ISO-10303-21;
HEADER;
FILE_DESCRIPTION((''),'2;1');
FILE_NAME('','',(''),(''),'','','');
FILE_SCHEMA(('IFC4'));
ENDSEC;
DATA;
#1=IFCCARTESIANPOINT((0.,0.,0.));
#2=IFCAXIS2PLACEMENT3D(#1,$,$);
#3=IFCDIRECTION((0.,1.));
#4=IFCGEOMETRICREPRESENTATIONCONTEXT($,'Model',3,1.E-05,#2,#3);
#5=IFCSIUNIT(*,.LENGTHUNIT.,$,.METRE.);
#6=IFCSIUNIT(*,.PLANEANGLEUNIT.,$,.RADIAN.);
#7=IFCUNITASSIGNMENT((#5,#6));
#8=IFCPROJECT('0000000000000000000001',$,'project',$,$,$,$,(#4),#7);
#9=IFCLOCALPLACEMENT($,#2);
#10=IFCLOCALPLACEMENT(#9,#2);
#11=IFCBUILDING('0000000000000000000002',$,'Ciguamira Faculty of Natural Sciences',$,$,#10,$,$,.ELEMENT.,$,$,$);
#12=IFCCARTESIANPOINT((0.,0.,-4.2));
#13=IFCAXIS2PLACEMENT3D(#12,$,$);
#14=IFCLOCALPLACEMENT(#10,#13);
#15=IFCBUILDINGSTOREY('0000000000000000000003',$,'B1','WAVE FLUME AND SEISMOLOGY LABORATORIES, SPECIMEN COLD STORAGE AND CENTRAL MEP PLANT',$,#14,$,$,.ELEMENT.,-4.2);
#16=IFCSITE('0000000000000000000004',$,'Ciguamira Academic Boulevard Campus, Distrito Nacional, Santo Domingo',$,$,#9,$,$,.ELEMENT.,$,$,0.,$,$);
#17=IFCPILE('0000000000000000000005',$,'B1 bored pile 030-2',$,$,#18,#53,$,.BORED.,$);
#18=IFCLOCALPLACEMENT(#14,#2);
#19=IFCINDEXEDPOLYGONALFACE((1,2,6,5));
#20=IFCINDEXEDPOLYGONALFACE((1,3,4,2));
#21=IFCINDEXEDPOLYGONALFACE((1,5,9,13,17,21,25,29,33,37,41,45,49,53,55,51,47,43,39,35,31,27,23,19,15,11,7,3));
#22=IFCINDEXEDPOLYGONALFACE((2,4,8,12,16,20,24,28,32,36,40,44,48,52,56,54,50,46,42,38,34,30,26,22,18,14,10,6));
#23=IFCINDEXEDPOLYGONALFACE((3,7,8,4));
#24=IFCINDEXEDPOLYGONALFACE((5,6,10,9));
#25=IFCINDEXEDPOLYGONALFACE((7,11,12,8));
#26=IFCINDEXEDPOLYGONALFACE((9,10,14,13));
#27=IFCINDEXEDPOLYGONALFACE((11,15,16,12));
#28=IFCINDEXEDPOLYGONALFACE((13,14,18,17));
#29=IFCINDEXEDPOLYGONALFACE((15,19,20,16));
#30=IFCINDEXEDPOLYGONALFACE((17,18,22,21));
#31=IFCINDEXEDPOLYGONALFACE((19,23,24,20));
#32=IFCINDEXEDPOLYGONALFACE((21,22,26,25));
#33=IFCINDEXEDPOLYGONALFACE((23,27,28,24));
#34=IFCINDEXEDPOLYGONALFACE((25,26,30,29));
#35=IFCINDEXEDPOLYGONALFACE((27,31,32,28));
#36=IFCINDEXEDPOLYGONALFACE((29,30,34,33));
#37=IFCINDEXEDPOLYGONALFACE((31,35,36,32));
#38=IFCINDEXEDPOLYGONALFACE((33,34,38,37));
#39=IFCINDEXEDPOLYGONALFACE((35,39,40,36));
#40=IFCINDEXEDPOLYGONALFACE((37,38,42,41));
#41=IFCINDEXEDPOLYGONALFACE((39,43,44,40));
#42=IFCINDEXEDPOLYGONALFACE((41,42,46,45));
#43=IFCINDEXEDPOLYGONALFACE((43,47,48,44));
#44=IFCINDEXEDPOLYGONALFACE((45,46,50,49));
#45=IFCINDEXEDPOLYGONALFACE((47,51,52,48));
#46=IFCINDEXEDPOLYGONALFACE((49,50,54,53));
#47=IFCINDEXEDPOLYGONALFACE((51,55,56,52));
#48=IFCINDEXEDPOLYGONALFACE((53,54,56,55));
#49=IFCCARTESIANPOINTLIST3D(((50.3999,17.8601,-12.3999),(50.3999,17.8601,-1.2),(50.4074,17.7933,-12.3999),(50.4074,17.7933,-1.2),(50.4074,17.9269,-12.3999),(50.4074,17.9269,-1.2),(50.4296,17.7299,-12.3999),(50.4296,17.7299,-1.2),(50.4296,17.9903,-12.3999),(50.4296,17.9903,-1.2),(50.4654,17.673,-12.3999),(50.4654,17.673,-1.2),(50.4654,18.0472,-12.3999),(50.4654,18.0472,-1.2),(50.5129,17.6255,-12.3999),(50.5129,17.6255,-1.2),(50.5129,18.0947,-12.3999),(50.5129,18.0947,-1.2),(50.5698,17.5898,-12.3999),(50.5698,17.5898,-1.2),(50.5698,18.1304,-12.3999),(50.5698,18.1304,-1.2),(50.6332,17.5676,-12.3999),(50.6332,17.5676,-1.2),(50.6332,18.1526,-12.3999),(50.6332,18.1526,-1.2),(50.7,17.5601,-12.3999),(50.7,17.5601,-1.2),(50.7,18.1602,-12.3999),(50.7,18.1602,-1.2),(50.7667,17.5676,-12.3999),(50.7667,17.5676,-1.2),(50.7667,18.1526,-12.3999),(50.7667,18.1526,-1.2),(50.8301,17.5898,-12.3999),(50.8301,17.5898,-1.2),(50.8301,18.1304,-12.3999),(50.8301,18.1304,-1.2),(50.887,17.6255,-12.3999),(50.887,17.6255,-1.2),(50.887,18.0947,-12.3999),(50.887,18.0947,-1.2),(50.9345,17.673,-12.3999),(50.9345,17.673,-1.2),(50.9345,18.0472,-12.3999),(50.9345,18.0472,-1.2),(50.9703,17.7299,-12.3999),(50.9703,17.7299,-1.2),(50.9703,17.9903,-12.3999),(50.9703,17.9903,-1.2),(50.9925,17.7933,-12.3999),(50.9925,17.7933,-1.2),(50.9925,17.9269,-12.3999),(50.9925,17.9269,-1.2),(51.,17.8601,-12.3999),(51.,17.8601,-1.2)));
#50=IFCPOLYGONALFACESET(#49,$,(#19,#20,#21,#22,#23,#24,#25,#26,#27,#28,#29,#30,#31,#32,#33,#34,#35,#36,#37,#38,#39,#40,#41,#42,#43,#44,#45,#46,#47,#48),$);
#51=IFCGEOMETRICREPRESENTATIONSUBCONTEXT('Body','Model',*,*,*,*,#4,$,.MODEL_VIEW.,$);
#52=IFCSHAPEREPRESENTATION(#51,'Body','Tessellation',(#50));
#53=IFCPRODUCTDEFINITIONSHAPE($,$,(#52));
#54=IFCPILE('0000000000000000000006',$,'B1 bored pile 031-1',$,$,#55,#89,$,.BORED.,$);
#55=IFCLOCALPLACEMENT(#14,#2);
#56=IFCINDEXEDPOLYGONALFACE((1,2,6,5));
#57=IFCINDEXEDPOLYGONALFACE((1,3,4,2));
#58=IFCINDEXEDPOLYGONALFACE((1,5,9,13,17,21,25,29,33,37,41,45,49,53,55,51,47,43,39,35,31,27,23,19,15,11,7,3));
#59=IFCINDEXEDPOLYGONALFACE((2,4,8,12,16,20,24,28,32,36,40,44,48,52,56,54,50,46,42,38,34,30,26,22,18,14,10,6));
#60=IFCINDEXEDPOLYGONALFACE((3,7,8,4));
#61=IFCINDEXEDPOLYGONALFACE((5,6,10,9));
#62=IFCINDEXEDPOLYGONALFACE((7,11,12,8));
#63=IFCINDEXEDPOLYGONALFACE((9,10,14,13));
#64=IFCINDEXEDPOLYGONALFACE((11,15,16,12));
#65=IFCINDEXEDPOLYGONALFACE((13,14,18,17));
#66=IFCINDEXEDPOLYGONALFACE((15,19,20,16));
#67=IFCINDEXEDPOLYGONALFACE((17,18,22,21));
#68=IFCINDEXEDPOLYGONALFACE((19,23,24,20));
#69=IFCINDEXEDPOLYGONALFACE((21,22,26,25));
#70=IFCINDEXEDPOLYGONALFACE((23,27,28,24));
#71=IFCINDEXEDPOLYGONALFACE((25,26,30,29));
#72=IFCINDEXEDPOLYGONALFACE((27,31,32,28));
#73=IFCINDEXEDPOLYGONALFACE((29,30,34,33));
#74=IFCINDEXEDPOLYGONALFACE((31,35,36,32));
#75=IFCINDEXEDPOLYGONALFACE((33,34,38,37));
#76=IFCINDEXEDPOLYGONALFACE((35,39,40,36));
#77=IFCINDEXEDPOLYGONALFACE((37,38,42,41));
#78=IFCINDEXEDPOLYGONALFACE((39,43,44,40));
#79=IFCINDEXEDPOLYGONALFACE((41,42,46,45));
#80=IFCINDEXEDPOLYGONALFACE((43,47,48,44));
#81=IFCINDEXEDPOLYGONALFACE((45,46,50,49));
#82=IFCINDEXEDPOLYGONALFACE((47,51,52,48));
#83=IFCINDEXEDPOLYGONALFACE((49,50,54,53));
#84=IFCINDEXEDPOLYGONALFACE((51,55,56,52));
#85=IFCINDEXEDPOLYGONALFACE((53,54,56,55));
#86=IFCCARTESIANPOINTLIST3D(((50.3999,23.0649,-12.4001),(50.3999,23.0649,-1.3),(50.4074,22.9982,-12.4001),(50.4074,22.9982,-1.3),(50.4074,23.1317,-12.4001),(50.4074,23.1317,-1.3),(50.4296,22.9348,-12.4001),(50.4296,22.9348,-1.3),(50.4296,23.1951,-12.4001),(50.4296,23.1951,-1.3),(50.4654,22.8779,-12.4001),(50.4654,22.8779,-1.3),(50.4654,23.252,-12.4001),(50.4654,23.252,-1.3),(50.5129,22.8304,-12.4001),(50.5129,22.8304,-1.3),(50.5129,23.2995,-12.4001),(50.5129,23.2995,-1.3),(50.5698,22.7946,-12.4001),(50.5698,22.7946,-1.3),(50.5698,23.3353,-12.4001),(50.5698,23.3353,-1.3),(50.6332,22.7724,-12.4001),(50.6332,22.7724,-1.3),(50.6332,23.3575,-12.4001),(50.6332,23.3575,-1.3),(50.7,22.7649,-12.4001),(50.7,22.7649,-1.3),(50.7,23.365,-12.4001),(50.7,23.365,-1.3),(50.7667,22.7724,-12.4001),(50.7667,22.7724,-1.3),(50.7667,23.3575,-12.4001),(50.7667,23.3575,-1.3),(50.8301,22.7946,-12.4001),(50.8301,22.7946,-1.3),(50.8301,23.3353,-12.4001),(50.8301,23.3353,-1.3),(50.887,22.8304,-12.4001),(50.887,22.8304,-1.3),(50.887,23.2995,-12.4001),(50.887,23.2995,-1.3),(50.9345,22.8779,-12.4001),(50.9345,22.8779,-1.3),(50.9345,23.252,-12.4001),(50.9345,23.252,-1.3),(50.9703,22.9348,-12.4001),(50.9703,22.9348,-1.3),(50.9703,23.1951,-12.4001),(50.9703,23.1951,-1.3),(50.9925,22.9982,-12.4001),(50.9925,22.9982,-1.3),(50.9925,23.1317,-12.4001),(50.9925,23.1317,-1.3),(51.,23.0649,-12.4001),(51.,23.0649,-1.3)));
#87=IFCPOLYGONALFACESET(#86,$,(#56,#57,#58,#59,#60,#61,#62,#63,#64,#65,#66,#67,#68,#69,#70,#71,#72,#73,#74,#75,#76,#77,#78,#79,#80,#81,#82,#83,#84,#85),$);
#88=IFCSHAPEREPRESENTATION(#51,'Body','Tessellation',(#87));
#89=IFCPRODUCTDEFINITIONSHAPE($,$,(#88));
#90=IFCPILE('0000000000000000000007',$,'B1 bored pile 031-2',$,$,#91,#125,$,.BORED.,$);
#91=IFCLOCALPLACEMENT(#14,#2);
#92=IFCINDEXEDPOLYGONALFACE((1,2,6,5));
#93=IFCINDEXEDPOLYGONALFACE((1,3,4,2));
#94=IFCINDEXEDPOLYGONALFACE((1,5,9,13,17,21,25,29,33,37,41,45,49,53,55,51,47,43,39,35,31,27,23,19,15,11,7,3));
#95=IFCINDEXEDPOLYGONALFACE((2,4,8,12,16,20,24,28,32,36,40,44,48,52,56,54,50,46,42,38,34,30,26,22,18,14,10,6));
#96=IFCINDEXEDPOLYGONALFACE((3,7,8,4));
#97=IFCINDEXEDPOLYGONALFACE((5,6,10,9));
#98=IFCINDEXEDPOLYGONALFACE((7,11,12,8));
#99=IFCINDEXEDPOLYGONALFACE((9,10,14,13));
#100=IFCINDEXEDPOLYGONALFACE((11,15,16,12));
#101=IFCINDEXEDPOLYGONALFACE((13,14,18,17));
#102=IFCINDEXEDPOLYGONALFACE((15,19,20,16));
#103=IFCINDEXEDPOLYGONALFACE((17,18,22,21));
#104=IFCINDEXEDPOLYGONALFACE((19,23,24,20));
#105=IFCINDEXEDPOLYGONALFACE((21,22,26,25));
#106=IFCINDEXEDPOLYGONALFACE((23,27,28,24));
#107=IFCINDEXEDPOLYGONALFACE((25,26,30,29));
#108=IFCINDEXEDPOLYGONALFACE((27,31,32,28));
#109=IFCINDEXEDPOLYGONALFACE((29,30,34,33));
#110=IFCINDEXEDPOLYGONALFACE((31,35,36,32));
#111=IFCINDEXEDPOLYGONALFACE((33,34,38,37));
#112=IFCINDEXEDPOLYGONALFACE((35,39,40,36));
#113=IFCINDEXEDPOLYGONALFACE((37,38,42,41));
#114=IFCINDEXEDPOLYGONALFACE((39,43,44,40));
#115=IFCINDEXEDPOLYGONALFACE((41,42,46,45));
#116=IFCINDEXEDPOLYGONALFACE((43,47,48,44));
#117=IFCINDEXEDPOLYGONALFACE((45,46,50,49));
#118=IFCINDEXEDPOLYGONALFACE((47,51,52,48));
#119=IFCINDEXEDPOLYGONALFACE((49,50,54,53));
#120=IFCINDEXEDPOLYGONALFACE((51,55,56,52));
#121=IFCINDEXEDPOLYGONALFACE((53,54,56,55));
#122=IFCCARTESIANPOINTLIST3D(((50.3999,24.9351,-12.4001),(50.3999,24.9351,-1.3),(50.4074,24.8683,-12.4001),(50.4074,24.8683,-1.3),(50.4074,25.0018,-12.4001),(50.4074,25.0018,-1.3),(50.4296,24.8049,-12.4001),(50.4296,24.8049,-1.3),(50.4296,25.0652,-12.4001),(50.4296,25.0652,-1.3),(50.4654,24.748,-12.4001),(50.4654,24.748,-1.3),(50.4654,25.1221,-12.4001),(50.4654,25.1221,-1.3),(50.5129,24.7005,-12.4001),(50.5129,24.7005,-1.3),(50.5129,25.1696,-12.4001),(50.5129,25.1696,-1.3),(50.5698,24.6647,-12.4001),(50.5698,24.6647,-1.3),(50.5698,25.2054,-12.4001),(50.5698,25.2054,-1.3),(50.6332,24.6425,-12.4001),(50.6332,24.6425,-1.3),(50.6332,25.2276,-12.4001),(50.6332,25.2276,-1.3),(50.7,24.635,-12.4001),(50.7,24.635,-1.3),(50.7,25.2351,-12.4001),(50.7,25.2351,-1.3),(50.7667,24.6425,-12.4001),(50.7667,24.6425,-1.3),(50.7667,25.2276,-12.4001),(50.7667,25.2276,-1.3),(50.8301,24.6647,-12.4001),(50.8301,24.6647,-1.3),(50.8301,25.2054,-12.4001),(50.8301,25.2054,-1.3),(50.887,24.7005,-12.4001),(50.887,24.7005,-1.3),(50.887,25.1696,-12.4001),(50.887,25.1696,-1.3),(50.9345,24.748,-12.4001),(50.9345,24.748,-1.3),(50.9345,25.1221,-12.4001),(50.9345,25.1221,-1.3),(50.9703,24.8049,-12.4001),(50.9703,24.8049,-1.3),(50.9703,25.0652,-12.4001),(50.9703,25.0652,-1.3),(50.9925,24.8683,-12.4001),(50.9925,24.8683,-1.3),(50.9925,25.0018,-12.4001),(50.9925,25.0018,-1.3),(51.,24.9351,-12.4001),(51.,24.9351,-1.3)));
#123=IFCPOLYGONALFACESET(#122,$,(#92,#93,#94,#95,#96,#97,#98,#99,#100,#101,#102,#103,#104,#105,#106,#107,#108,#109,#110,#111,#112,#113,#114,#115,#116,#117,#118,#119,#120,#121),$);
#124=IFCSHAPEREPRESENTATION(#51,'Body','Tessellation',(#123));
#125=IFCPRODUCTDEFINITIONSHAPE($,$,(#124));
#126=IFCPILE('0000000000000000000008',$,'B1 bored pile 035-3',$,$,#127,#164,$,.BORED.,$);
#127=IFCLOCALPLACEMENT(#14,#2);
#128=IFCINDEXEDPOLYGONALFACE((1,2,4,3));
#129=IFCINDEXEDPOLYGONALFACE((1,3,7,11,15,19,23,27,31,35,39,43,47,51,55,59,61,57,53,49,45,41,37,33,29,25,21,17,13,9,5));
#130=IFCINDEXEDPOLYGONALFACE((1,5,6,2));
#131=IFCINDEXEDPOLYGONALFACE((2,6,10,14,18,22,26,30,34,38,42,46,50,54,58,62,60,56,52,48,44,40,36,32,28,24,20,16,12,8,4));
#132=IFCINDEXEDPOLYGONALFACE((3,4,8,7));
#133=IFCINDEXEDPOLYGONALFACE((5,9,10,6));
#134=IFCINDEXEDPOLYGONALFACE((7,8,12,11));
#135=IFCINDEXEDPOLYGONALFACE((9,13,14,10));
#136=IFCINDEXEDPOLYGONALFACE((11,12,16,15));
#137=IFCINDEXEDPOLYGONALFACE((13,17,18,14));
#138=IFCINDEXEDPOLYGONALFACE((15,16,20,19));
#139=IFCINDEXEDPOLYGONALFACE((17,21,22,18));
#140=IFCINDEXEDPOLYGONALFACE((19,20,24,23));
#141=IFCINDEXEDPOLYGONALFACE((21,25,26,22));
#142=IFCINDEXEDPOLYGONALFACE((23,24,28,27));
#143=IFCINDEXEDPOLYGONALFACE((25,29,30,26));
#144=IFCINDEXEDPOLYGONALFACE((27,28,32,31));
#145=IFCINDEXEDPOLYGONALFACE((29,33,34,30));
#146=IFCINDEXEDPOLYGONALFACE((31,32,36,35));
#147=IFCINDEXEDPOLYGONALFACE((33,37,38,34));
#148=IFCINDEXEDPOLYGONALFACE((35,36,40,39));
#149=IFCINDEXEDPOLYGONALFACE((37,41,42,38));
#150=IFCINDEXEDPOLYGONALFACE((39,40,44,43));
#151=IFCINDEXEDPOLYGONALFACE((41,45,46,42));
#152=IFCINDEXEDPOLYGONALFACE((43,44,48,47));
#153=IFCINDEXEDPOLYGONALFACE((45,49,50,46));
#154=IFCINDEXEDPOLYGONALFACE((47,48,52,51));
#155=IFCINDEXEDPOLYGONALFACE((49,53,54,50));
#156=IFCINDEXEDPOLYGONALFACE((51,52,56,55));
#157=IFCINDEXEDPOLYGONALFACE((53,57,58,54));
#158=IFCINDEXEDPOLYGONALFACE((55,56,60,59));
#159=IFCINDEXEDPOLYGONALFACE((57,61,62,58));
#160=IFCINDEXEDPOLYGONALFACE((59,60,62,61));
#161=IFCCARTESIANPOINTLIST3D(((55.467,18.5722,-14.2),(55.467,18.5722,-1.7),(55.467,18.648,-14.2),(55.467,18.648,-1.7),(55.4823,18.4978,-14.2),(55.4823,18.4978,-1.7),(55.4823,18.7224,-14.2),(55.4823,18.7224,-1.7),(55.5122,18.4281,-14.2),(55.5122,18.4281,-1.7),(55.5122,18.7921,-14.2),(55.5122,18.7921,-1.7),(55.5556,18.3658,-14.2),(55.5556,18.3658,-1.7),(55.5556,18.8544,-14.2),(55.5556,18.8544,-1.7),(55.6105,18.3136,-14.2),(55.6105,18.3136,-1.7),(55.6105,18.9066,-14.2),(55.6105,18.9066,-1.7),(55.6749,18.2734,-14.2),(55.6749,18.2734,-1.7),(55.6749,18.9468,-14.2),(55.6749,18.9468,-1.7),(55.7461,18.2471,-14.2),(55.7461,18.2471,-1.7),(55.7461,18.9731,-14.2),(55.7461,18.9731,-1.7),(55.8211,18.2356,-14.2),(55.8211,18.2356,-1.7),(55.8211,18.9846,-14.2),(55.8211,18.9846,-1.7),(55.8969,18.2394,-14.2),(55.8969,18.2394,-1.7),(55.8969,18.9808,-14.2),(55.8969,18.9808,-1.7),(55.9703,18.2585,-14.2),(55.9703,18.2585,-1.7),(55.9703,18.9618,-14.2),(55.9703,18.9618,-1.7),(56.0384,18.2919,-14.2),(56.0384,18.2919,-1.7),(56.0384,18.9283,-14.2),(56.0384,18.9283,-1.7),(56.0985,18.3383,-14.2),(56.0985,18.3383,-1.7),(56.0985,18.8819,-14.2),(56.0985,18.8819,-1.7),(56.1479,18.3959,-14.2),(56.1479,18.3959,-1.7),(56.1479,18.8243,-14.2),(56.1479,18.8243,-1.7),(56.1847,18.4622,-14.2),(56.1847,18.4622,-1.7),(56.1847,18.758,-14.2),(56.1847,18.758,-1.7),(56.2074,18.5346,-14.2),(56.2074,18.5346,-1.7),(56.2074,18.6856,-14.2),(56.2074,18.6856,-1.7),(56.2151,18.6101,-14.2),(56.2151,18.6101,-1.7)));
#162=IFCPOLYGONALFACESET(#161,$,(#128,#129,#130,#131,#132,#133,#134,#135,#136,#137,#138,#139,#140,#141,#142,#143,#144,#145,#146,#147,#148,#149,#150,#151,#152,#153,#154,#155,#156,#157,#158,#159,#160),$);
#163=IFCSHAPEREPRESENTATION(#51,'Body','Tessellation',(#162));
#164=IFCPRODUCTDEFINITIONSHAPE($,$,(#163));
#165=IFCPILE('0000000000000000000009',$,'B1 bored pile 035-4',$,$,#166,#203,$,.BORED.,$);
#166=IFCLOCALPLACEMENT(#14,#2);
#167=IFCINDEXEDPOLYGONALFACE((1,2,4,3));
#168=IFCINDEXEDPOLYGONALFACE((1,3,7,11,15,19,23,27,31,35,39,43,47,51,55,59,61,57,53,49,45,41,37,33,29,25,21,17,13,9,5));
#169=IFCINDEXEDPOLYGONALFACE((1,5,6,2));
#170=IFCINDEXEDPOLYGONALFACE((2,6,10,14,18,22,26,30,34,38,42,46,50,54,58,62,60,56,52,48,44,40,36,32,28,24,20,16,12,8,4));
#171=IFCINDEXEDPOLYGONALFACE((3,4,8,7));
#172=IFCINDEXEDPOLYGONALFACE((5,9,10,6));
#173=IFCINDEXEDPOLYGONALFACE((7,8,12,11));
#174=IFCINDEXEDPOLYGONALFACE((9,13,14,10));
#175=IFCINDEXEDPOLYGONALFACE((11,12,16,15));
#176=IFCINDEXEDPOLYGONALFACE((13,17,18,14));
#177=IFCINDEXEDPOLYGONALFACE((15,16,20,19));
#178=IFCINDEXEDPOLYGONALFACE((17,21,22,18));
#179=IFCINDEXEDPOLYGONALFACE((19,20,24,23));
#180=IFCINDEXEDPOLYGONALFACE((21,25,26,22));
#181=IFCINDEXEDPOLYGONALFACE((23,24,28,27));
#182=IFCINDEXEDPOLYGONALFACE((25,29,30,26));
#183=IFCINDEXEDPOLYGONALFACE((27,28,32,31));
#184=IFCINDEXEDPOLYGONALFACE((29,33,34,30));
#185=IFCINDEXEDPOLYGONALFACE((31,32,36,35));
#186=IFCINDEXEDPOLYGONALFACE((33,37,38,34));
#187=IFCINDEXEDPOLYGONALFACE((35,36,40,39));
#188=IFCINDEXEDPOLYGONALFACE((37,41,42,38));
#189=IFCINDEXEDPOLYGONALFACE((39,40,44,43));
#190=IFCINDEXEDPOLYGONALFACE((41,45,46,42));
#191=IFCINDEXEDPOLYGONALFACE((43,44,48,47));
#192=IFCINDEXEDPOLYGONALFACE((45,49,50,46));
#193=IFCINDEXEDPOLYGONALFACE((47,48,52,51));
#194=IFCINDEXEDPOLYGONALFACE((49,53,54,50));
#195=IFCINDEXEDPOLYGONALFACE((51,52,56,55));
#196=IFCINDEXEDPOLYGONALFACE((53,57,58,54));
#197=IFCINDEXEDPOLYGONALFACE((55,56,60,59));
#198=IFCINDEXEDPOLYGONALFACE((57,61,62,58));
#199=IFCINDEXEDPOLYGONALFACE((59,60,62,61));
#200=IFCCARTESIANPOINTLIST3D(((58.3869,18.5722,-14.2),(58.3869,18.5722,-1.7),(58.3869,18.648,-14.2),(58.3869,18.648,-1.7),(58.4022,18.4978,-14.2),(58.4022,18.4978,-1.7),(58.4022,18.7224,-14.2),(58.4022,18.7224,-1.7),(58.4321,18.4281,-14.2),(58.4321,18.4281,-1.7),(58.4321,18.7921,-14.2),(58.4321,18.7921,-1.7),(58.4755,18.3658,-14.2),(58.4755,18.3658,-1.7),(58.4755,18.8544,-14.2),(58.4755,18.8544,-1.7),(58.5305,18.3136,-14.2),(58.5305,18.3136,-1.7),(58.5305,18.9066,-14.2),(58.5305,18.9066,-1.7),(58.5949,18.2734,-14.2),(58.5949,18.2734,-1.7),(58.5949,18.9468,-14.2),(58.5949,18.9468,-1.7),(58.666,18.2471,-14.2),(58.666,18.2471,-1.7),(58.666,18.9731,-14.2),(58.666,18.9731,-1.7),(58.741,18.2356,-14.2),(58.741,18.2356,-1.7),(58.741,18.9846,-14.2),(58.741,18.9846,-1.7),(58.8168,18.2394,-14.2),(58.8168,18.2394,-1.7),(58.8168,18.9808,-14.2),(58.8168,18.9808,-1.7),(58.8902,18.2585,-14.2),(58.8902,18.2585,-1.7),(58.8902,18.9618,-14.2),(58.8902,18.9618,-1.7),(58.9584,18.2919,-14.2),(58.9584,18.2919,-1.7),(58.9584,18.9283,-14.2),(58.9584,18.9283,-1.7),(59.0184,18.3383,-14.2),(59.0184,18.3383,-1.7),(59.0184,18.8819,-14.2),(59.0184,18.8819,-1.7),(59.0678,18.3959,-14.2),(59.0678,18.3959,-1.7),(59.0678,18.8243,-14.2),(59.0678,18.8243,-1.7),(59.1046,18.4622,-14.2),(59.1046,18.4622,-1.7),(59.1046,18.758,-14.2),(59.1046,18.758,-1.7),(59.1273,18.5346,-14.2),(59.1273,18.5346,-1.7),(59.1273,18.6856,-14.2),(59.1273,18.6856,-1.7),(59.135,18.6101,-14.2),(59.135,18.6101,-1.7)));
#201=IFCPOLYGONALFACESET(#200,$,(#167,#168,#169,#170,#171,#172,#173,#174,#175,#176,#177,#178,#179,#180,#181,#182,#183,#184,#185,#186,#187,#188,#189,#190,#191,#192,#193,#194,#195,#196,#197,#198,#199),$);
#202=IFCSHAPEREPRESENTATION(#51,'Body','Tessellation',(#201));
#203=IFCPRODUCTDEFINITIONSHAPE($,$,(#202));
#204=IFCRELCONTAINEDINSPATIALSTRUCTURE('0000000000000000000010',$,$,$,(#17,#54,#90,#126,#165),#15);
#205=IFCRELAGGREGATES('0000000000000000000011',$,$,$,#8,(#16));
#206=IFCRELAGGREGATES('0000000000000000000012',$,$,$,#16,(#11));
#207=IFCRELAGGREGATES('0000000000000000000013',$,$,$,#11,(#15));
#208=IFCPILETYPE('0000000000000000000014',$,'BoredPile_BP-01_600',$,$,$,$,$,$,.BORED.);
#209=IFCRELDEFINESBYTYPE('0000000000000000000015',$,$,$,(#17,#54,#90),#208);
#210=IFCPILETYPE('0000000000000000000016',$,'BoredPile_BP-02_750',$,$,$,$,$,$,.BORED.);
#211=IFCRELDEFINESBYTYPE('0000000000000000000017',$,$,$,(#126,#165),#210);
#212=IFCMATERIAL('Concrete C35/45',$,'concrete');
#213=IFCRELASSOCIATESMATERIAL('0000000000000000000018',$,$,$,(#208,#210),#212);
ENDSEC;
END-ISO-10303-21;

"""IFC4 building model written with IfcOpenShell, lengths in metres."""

from ifc_helpers import new_model, si_unit, direction, frame, origin, origin_2d, place, context, subcontext, project, spatial, circle, extrude, material, material_profile, profile_set, type_object, element, save


model = new_model("IFC4")

# Units and contexts
model_context = context("Model", 3, precision=1e-05, world=origin(), true_north=direction((0.0, 1.0)))
body_context = subcontext(model_context, "Body", "Model", "MODEL_VIEW")
ifc_project = project(units=[si_unit("LENGTHUNIT", "METRE"), si_unit("PLANEANGLEUNIT", "RADIAN")], contexts=[model_context])

# Site, building, storey
site_placement = place(None, origin())
site = spatial("IfcSite", under=ifc_project, at=site_placement, Name="Ciguamira Academic Boulevard Campus, Distrito Nacional, Santo Domingo", CompositionType="ELEMENT", RefElevation=0.0)
building_placement = place(site_placement, origin())
building = spatial("IfcBuilding", under=site, at=building_placement, Name="Ciguamira Faculty of Natural Sciences", CompositionType="ELEMENT")
storey_placement = place(building_placement, frame((0.0, 0.0, -4.2)))
storey = spatial("IfcBuildingStorey", under=building, at=storey_placement, Name="B1", Description="WAVE FLUME AND SEISMOLOGY LABORATORIES, SPECIMEN COLD STORAGE AND CENTRAL MEP PLANT", CompositionType="ELEMENT", Elevation=-4.2)

# Piles
ifc_material_1 = material(Name="Concrete C35/45", Category="concrete")
ifc_material_profile_1 = material_profile(ifc_material_1, circle(Radius=0.3, at=origin_2d()), Name="PILE-BORED-600")
ifc_profile_set_1 = profile_set([ifc_material_profile_1], Name="Concrete C35/45")
pile_type_1 = type_object("IfcPileType", Name="BoredPile_BP-01_600", PredefinedType="BORED", material=ifc_profile_set_1)
pile_1_placement = place(storey_placement, frame((50.7, 17.8601, -1.2), z_axis=(0.0, 0.0, -1.0), x_axis=(1.0, 0.0, 0.0)))
element("IfcPile", 1, at=pile_1_placement, inside=storey, type_object=pile_type_1, Name="B1 bored pile 030-2", PredefinedType="BORED", context=body_context, shape_type="SweptSolid", body=[
    extrude(circle(Radius=0.3, at=origin_2d()), origin(), (0.0, 0.0, 1.0), 11.2),
])
for number, where, z_axis, x_axis, name in (
    (2, (50.7, 23.0649, -1.3), (0.0, 0.0, -1.0), (1.0, 0.0, 0.0), "B1 bored pile 031-1"),
    (3, (50.7, 24.9351, -1.3), (0.0, 0.0, -1.0), (1.0, 0.0, 0.0), "B1 bored pile 031-2"),
):
    element("IfcPile", number, at=place(storey_placement, frame(where, z_axis=z_axis, x_axis=x_axis)), inside=storey, type_object=pile_type_1, Name=name, PredefinedType="BORED", context=body_context, shape_type="SweptSolid", body=[
        extrude(circle(Radius=0.3, at=origin_2d()), origin(), (0.0, 0.0, 1.0), 11.1001),
    ])
ifc_material_profile_2 = material_profile(ifc_material_1, circle(Radius=0.375, at=origin_2d()), Name="PILE-BORED-750")
ifc_profile_set_2 = profile_set([ifc_material_profile_2], Name="Concrete C35/45")
pile_type_2 = type_object("IfcPileType", Name="BoredPile_BP-02_750", PredefinedType="BORED", material=ifc_profile_set_2)
for number, where, z_axis, x_axis, name in (
    (4, (55.8401, 18.6101, -1.7), (0.0, 0.0, -1.0), (1.0, 0.0, 0.0), "B1 bored pile 035-3"),
    (5, (58.76, 18.6101, -1.7), (0.0, 0.0, -1.0), (1.0, 0.0, 0.0), "B1 bored pile 035-4"),
):
    element("IfcPile", number, at=place(storey_placement, frame(where, z_axis=z_axis, x_axis=x_axis)), inside=storey, type_object=pile_type_2, Name=name, PredefinedType="BORED", context=body_context, shape_type="SweptSolid", body=[
        extrude(circle(Radius=0.375, at=origin_2d()), origin(), (0.0, 0.0, 1.0), 12.5),
    ])

save(model, "model.ifc")
